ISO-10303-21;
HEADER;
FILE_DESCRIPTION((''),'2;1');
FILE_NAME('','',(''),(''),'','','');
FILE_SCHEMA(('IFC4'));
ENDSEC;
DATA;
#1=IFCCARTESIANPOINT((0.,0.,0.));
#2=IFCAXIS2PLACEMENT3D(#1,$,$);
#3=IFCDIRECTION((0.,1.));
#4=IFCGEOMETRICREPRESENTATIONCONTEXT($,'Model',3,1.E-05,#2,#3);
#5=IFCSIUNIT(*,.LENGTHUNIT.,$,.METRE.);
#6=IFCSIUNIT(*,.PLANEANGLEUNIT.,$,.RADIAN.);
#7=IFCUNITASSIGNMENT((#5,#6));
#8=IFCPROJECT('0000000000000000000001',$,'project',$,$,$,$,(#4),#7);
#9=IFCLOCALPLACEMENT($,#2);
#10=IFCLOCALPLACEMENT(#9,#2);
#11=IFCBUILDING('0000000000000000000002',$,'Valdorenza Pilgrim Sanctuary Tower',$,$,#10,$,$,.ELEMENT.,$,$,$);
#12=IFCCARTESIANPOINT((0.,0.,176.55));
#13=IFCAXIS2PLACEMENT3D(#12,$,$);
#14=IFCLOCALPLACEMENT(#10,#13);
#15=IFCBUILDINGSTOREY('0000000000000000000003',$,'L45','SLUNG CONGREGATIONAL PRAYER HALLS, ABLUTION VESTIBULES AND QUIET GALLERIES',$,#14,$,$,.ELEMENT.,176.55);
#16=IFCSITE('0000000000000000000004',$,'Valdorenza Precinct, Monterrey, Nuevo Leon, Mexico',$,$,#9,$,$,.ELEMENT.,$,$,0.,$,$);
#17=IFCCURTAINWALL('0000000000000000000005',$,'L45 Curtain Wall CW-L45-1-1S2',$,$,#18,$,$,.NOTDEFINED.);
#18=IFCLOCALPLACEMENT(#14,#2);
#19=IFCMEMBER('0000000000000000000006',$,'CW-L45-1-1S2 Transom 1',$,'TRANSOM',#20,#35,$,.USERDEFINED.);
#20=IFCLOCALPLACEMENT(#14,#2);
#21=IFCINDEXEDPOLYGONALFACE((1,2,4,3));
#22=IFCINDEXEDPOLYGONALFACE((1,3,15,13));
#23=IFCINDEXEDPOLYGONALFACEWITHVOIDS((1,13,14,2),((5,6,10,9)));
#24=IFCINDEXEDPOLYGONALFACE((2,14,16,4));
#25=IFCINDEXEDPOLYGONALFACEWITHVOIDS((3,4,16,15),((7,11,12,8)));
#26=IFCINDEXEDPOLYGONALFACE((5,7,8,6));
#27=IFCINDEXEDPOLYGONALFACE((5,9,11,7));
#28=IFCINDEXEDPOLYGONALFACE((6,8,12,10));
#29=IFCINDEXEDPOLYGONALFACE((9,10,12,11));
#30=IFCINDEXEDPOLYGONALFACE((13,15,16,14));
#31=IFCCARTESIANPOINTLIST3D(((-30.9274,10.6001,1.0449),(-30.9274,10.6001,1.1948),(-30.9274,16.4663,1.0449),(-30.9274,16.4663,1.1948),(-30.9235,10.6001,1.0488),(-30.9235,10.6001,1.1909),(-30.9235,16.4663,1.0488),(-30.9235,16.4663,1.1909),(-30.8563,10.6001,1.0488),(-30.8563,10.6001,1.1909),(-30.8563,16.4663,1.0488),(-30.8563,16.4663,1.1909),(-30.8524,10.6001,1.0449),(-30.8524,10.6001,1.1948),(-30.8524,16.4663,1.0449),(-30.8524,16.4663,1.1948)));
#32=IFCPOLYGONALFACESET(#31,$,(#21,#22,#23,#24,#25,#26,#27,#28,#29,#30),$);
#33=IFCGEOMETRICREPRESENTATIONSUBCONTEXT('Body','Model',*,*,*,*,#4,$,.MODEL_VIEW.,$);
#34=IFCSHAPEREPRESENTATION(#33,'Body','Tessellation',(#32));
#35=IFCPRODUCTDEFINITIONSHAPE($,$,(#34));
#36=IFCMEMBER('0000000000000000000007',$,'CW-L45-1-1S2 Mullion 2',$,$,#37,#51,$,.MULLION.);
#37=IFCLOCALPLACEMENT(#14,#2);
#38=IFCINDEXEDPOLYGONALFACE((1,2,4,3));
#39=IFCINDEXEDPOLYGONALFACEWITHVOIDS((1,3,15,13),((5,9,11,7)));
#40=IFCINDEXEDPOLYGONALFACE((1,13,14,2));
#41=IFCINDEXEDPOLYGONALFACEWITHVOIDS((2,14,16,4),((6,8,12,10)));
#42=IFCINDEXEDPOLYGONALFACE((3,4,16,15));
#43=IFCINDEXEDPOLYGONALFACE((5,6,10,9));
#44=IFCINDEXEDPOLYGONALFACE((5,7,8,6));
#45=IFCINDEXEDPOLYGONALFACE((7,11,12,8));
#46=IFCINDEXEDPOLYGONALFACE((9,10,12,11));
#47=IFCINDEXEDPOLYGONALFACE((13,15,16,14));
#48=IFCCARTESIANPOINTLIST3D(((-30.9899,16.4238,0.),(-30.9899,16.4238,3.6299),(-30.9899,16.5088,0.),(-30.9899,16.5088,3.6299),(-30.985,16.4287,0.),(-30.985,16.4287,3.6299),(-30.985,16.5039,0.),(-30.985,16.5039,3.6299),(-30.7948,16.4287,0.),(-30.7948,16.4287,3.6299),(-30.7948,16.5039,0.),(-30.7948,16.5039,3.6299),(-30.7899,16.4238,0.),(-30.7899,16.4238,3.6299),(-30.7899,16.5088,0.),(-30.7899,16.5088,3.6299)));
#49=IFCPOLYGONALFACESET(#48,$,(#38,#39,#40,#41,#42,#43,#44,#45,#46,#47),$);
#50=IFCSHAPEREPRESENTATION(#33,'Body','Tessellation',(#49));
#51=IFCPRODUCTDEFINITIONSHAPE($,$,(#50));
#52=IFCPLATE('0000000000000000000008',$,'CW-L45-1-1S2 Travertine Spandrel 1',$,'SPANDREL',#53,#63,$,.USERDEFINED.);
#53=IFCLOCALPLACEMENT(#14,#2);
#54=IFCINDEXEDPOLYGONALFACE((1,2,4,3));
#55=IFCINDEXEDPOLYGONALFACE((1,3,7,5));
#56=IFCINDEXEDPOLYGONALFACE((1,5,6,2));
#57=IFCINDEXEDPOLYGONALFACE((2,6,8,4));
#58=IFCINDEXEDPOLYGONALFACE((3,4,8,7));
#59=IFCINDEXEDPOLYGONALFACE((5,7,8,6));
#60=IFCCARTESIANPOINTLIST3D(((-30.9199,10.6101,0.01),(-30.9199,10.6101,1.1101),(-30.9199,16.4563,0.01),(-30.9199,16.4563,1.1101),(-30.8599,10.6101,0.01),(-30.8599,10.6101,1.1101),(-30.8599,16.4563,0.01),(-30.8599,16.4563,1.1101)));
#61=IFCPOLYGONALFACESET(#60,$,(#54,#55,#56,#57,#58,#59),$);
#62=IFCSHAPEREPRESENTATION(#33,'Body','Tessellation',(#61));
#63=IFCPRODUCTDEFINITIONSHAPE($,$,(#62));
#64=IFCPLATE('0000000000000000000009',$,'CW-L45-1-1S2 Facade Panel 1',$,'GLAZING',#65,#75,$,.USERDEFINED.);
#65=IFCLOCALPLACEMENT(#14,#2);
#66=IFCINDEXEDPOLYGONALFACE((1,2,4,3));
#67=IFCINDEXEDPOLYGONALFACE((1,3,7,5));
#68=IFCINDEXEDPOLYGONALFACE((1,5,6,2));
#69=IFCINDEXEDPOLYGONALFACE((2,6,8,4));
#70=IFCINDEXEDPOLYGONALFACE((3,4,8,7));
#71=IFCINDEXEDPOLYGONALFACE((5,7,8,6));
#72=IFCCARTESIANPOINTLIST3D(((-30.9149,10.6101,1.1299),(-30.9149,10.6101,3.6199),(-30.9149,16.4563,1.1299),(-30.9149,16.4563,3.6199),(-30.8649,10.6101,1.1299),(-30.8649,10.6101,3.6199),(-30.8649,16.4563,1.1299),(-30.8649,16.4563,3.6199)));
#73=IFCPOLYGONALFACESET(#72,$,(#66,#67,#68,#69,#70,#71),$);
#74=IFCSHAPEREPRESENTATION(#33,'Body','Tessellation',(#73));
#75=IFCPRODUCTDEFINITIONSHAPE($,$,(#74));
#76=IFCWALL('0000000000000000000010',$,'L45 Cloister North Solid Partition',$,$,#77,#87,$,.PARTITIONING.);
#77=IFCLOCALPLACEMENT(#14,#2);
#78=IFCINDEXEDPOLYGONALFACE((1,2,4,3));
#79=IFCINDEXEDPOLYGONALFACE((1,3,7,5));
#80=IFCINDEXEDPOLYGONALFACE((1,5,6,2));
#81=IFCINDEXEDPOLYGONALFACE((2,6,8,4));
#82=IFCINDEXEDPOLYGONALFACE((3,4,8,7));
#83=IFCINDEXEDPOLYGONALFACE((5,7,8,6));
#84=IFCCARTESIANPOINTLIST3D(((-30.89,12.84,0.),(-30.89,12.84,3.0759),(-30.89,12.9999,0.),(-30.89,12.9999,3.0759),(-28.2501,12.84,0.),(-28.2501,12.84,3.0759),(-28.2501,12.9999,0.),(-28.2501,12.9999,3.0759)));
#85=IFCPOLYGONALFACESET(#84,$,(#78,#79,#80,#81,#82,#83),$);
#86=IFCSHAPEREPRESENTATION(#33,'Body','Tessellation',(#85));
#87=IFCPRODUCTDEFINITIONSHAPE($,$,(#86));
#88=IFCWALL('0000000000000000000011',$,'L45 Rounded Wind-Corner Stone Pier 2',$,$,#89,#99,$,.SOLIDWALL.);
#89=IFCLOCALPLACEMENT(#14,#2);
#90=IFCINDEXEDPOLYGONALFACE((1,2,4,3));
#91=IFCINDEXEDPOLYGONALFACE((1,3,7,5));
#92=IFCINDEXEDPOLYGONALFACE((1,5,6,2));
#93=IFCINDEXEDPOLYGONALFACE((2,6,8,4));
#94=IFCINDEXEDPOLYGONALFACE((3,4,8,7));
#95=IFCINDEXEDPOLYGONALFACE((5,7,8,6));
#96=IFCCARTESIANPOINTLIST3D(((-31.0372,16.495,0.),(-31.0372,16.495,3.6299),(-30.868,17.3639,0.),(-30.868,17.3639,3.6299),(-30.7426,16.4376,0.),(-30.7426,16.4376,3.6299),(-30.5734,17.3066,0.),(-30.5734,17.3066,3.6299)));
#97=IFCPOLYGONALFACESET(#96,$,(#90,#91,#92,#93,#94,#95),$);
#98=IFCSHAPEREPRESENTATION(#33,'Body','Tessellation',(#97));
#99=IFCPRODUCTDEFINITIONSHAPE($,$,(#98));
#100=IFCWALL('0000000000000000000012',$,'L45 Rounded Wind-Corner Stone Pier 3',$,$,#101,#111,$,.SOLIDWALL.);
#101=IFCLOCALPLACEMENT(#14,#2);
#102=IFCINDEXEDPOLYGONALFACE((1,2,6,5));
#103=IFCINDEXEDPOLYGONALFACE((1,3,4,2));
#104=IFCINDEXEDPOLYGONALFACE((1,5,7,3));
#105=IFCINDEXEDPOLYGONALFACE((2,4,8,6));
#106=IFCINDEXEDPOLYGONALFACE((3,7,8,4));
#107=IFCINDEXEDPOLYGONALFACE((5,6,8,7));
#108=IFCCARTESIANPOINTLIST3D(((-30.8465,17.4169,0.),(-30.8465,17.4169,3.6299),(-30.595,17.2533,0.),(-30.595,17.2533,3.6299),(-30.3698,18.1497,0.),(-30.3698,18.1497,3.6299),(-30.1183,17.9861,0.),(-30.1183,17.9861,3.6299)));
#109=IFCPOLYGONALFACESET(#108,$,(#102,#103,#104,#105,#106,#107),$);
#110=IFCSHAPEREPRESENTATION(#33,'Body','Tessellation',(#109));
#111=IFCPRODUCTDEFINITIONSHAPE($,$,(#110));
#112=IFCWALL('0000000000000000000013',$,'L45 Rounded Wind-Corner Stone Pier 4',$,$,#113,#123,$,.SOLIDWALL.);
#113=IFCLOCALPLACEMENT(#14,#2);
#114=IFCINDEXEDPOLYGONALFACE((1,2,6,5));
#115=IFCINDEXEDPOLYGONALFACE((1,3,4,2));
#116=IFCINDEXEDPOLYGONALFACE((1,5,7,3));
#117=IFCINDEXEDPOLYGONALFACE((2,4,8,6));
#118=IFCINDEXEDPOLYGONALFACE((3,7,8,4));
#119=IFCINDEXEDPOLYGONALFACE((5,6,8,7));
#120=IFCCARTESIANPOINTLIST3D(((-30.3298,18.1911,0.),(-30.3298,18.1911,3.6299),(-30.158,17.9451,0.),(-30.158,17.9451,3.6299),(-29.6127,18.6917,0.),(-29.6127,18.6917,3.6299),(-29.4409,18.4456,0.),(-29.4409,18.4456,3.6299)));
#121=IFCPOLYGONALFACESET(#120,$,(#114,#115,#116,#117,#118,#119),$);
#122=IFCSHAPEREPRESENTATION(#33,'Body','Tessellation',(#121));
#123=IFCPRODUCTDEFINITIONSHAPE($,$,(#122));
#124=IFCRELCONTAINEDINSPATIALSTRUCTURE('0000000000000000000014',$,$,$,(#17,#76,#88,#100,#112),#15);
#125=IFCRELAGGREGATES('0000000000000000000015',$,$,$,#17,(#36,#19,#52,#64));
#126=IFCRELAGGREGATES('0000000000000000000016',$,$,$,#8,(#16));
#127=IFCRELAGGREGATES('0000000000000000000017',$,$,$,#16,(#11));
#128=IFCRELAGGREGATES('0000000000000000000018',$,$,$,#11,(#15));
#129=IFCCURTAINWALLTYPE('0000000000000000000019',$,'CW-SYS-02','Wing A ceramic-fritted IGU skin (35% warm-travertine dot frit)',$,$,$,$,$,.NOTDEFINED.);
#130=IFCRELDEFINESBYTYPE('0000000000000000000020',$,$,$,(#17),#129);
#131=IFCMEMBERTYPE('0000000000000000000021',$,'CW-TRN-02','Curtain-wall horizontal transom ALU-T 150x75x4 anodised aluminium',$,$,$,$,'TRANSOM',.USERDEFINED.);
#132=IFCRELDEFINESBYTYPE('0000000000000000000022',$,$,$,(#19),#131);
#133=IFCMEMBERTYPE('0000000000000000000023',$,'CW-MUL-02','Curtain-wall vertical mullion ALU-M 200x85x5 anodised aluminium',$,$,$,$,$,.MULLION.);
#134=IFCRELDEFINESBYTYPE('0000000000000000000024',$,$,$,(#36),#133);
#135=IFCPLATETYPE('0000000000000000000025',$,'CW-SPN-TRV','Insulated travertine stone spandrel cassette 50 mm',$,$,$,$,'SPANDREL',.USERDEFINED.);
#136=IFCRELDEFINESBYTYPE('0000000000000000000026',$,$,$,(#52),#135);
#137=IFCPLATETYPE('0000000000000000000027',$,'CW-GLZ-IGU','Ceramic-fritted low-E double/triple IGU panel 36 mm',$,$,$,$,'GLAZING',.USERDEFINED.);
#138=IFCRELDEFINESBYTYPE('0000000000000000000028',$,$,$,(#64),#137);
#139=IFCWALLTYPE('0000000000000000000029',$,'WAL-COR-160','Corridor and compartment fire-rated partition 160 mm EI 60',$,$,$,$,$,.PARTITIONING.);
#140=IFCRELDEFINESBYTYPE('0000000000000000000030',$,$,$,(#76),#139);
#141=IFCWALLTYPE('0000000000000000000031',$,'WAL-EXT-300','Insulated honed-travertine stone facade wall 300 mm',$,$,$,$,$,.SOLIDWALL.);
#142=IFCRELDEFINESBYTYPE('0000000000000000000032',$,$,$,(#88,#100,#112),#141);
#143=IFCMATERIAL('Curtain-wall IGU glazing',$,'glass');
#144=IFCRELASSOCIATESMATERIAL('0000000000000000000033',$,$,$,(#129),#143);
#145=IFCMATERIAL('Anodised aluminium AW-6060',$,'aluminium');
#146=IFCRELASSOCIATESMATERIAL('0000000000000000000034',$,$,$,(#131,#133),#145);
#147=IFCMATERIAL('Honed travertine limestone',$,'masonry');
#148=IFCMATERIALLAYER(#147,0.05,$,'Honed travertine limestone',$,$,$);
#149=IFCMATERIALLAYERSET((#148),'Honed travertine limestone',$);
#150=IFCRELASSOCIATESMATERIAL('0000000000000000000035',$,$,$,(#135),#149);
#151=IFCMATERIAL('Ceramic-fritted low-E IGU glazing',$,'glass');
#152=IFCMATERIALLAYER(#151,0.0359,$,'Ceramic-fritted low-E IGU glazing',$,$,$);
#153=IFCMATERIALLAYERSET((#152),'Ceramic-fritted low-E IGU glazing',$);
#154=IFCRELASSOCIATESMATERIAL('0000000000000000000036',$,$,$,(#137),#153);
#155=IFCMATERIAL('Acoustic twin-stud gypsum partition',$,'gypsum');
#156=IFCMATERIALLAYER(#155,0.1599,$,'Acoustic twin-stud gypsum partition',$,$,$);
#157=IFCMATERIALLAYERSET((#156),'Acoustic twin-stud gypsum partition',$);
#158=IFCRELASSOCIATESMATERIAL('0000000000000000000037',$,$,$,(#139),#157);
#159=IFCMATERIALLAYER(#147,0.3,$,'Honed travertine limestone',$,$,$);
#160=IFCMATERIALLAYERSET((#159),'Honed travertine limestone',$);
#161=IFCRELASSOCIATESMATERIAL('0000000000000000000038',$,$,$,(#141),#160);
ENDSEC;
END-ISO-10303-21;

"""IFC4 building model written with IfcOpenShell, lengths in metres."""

from ifc_helpers import new_model, si_unit, direction, frame, frame_2d, origin, origin_2d, place, context, subcontext, project, spatial, rectangle, hollow_rectangle, extrude, source, transform, mapped, material, layer, layer_set, material_profile, profile_set, type_object, element, aggregate, save


model = new_model("IFC4")

# Units and contexts
model_context = context("Model", 3, precision=1e-05, world=origin(), true_north=direction((0.0, 1.0)))
body_context = subcontext(model_context, "Body", "Model", "MODEL_VIEW")
ifc_project = project(units=[si_unit("LENGTHUNIT", "METRE"), si_unit("PLANEANGLEUNIT", "RADIAN")], contexts=[model_context])

# Site, building, storey
site_placement = place(None, origin())
site = spatial("IfcSite", under=ifc_project, at=site_placement, Name="Valdorenza Precinct, Monterrey, Nuevo Leon, Mexico", CompositionType="ELEMENT", RefElevation=0.0)
building_placement = place(site_placement, origin())
building = spatial("IfcBuilding", under=site, at=building_placement, Name="Valdorenza Pilgrim Sanctuary Tower", CompositionType="ELEMENT")
storey_placement = place(building_placement, frame((0.0, 0.0, 176.55)))
storey = spatial("IfcBuildingStorey", under=building, at=storey_placement, Name="L45", Description="SLUNG CONGREGATIONAL PRAYER HALLS, ABLUTION VESTIBULES AND QUIET GALLERIES", CompositionType="ELEMENT", Elevation=176.55)

# Curtain wall, members, plates
ifc_material_1 = material(Name="Curtain-wall IGU glazing", Category="glass")
curtain_wall_type = type_object("IfcCurtainWallType", Name="CW-SYS-02", Description="Wing A ceramic-fritted IGU skin (35% warm-travertine dot frit)", PredefinedType="NOTDEFINED", material=ifc_material_1)
curtain_wall_placement = place(storey_placement, origin())
curtain_wall = element("IfcCurtainWall", 1, at=curtain_wall_placement, inside=storey, type_object=curtain_wall_type, Name="L45 Curtain Wall CW-L45-1-1S2", PredefinedType="NOTDEFINED")
ifc_material_2 = material(Name="Anodised aluminium AW-6060", Category="aluminium")
ifc_material_profile_1 = material_profile(ifc_material_2, hollow_rectangle(XDim=0.075, YDim=0.1499, WallThickness=0.0039, at=origin_2d()), Name="ALU-T 150x75x4")
ifc_profile_set_1 = profile_set([ifc_material_profile_1], Name="Anodised aluminium AW-6060")
member_type_1 = type_object("IfcMemberType", Name="CW-TRN-02", Description="Curtain-wall horizontal transom ALU-T 150x75x4 anodised aluminium", ElementType="TRANSOM", PredefinedType="USERDEFINED", material=ifc_profile_set_1)
shared_shape_1 = source(origin(), body_context, "Body", "SweptSolid", [
    extrude(hollow_rectangle(XDim=0.075, YDim=0.1499, WallThickness=0.0039, at=origin_2d()), origin(), (0.0, 0.0, 1.0), 5.8662),
])
member_1_placement = place(storey_placement, frame((-30.8899, 10.6001, 1.1199), z_axis=(0.0, 1.0, 0.0), x_axis=(-1.0, 0.0, 0.0)))
member_1 = element("IfcMember", 2, at=member_1_placement, type_object=member_type_1, Name="CW-L45-1-1S2 Transom 1", ObjectType="TRANSOM", PredefinedType="USERDEFINED", context=body_context, shape_type="MappedRepresentation", body=[
    mapped(shared_shape_1, transform((0.0, 0.0, 0.0), x_axis=(1.0, 0.0, 0.0), y_axis=(0.0, 1.0, 0.0), z_axis=(0.0, 0.0, 1.0), scale=1.0)),
])
ifc_material_profile_2 = material_profile(ifc_material_2, hollow_rectangle(XDim=0.085, YDim=0.2, WallThickness=0.0049, at=origin_2d()), Name="ALU-M 200x85x5")
ifc_profile_set_2 = profile_set([ifc_material_profile_2], Name="Anodised aluminium AW-6060")
member_type_2 = type_object("IfcMemberType", Name="CW-MUL-02", Description="Curtain-wall vertical mullion ALU-M 200x85x5 anodised aluminium", PredefinedType="MULLION", material=ifc_profile_set_2)
shared_shape_2 = source(origin(), body_context, "Body", "SweptSolid", [
    extrude(hollow_rectangle(XDim=0.085, YDim=0.2, WallThickness=0.0049, at=origin_2d()), origin(), (0.0, 0.0, 1.0), 3.6299),
])
member_2_placement = place(storey_placement, frame((-30.8899, 16.4663, 0.0), z_axis=(0.0, 0.0, 1.0), x_axis=(0.0, 1.0, 0.0)))
member_2 = element("IfcMember", 3, at=member_2_placement, type_object=member_type_2, Name="CW-L45-1-1S2 Mullion 2", PredefinedType="MULLION", context=body_context, shape_type="MappedRepresentation", body=[
    mapped(shared_shape_2, transform((0.0, 0.0, 0.0), x_axis=(1.0, 0.0, 0.0), y_axis=(0.0, 1.0, 0.0), z_axis=(0.0, 0.0, 1.0), scale=1.0)),
])
ifc_material_3 = material(Name="Honed travertine limestone", Category="masonry")
ifc_layer_1 = layer(ifc_material_3, 0.05, Name="Honed travertine limestone")
ifc_layer_set_1 = layer_set([ifc_layer_1], Name="Honed travertine limestone")
plate_type_1 = type_object("IfcPlateType", Name="CW-SPN-TRV", Description="Insulated travertine stone spandrel cassette 50 mm", ElementType="SPANDREL", PredefinedType="USERDEFINED", material=ifc_layer_set_1)
shared_shape_3 = source(origin(), body_context, "Body", "SweptSolid", [
    extrude(rectangle(XDim=5.8462, YDim=0.0601, at=origin_2d()), origin(), (0.0, 0.0, 1.0), 1.1001),
])
plate_1_placement = place(storey_placement, frame((-30.8899, 13.5332, 0.01), z_axis=(0.0, 0.0, 1.0), x_axis=(0.0, 1.0, 0.0)))
plate_1 = element("IfcPlate", 4, at=plate_1_placement, type_object=plate_type_1, Name="CW-L45-1-1S2 Travertine Spandrel 1", ObjectType="SPANDREL", PredefinedType="USERDEFINED", context=body_context, shape_type="MappedRepresentation", body=[
    mapped(shared_shape_3, transform((0.0, 0.0, 0.0), x_axis=(1.0, 0.0, 0.0), y_axis=(0.0, 1.0, 0.0), z_axis=(0.0, 0.0, 1.0), scale=1.0)),
])
ifc_material_4 = material(Name="Ceramic-fritted low-E IGU glazing", Category="glass")
ifc_layer_2 = layer(ifc_material_4, 0.0359, Name="Ceramic-fritted low-E IGU glazing")
ifc_layer_set_2 = layer_set([ifc_layer_2], Name="Ceramic-fritted low-E IGU glazing")
plate_type_2 = type_object("IfcPlateType", Name="CW-GLZ-IGU", Description="Ceramic-fritted low-E double/triple IGU panel 36 mm", ElementType="GLAZING", PredefinedType="USERDEFINED", material=ifc_layer_set_2)
shared_shape_4 = source(origin(), body_context, "Body", "SweptSolid", [
    extrude(rectangle(XDim=5.8462, YDim=0.05, at=origin_2d()), origin(), (0.0, 0.0, 1.0), 2.49),
])
plate_2_placement = place(storey_placement, frame((-30.8899, 13.5332, 1.1299), z_axis=(0.0, 0.0, 1.0), x_axis=(0.0, 1.0, 0.0)))
plate_2 = element("IfcPlate", 5, at=plate_2_placement, type_object=plate_type_2, Name="CW-L45-1-1S2 Facade Panel 1", ObjectType="GLAZING", PredefinedType="USERDEFINED", context=body_context, shape_type="MappedRepresentation", body=[
    mapped(shared_shape_4, transform((0.0, 0.0, 0.0), x_axis=(1.0, 0.0, 0.0), y_axis=(0.0, 1.0, 0.0), z_axis=(0.0, 0.0, 1.0), scale=1.0)),
])
aggregate(curtain_wall, [member_2, member_1, plate_1, plate_2])

# Walls
ifc_material_5 = material(Name="Acoustic twin-stud gypsum partition", Category="gypsum")
ifc_layer_3 = layer(ifc_material_5, 0.1599, Name="Acoustic twin-stud gypsum partition")
ifc_layer_set_3 = layer_set([ifc_layer_3], Name="Acoustic twin-stud gypsum partition")
wall_type_1 = type_object("IfcWallType", Name="WAL-COR-160", Description="Corridor and compartment fire-rated partition 160 mm EI 60", PredefinedType="PARTITIONING", material=ifc_layer_set_3)
wall_1_placement = place(storey_placement, frame((-30.8899, 12.9199, 0.0), z_axis=(0.0, 0.0, 1.0), x_axis=(1.0, 0.0, 0.0)))
element("IfcWall", 6, at=wall_1_placement, inside=storey, type_object=wall_type_1, Name="L45 Cloister North Solid Partition", PredefinedType="PARTITIONING", context=body_context, shape_type="SweptSolid", body=[
    extrude(rectangle(XDim=2.6399, YDim=0.1599, at=frame_2d((1.3198, 0.0))), origin(), (0.0, 0.0, 1.0), 3.0759),
])
ifc_layer_4 = layer(ifc_material_3, 0.3, Name="Honed travertine limestone")
ifc_layer_set_4 = layer_set([ifc_layer_4], Name="Honed travertine limestone")
wall_type_2 = type_object("IfcWallType", Name="WAL-EXT-300", Description="Insulated honed-travertine stone facade wall 300 mm", PredefinedType="SOLIDWALL", material=ifc_layer_set_4)
wall_2_placement = place(storey_placement, frame((-30.8899, 16.4663, 0.0), z_axis=(0.0, 0.0, 1.0), x_axis=(0.191128, 0.981565, 0.0)))
element("IfcWall", 7, at=wall_2_placement, inside=storey, type_object=wall_type_2, Name="L45 Rounded Wind-Corner Stone Pier 2", PredefinedType="SOLIDWALL", context=body_context, shape_type="SweptSolid", body=[
    extrude(rectangle(XDim=0.8853, YDim=0.3, at=frame_2d((0.4426, 0.0))), origin(), (0.0, 0.0, 1.0), 3.6299),
])
wall_3_placement = place(storey_placement, frame((-30.7207, 17.3352, 0.0), z_axis=(0.0, 0.0, 1.0), x_axis=(0.545322, 0.838227, 0.0)))
element("IfcWall", 8, at=wall_3_placement, inside=storey, type_object=wall_type_2, Name="L45 Rounded Wind-Corner Stone Pier 3", PredefinedType="SOLIDWALL", context=body_context, shape_type="SweptSolid", body=[
    extrude(rectangle(XDim=0.8743, YDim=0.3, at=frame_2d((0.437, 0.0))), origin(), (0.0, 0.0, 1.0), 3.6299),
])
wall_4_placement = place(storey_placement, frame((-30.2439, 18.0681, 0.0), z_axis=(0.0, 0.0, 1.0), x_axis=(0.820005, 0.572356, 0.0)))
element("IfcWall", 9, at=wall_4_placement, inside=storey, type_object=wall_type_2, Name="L45 Rounded Wind-Corner Stone Pier 4", PredefinedType="SOLIDWALL", context=body_context, shape_type="SweptSolid", body=[
    extrude(rectangle(XDim=0.8745, YDim=0.3, at=frame_2d((0.4373, 0.0))), origin(), (0.0, 0.0, 1.0), 3.6299),
])

save(model, "model.ifc")
